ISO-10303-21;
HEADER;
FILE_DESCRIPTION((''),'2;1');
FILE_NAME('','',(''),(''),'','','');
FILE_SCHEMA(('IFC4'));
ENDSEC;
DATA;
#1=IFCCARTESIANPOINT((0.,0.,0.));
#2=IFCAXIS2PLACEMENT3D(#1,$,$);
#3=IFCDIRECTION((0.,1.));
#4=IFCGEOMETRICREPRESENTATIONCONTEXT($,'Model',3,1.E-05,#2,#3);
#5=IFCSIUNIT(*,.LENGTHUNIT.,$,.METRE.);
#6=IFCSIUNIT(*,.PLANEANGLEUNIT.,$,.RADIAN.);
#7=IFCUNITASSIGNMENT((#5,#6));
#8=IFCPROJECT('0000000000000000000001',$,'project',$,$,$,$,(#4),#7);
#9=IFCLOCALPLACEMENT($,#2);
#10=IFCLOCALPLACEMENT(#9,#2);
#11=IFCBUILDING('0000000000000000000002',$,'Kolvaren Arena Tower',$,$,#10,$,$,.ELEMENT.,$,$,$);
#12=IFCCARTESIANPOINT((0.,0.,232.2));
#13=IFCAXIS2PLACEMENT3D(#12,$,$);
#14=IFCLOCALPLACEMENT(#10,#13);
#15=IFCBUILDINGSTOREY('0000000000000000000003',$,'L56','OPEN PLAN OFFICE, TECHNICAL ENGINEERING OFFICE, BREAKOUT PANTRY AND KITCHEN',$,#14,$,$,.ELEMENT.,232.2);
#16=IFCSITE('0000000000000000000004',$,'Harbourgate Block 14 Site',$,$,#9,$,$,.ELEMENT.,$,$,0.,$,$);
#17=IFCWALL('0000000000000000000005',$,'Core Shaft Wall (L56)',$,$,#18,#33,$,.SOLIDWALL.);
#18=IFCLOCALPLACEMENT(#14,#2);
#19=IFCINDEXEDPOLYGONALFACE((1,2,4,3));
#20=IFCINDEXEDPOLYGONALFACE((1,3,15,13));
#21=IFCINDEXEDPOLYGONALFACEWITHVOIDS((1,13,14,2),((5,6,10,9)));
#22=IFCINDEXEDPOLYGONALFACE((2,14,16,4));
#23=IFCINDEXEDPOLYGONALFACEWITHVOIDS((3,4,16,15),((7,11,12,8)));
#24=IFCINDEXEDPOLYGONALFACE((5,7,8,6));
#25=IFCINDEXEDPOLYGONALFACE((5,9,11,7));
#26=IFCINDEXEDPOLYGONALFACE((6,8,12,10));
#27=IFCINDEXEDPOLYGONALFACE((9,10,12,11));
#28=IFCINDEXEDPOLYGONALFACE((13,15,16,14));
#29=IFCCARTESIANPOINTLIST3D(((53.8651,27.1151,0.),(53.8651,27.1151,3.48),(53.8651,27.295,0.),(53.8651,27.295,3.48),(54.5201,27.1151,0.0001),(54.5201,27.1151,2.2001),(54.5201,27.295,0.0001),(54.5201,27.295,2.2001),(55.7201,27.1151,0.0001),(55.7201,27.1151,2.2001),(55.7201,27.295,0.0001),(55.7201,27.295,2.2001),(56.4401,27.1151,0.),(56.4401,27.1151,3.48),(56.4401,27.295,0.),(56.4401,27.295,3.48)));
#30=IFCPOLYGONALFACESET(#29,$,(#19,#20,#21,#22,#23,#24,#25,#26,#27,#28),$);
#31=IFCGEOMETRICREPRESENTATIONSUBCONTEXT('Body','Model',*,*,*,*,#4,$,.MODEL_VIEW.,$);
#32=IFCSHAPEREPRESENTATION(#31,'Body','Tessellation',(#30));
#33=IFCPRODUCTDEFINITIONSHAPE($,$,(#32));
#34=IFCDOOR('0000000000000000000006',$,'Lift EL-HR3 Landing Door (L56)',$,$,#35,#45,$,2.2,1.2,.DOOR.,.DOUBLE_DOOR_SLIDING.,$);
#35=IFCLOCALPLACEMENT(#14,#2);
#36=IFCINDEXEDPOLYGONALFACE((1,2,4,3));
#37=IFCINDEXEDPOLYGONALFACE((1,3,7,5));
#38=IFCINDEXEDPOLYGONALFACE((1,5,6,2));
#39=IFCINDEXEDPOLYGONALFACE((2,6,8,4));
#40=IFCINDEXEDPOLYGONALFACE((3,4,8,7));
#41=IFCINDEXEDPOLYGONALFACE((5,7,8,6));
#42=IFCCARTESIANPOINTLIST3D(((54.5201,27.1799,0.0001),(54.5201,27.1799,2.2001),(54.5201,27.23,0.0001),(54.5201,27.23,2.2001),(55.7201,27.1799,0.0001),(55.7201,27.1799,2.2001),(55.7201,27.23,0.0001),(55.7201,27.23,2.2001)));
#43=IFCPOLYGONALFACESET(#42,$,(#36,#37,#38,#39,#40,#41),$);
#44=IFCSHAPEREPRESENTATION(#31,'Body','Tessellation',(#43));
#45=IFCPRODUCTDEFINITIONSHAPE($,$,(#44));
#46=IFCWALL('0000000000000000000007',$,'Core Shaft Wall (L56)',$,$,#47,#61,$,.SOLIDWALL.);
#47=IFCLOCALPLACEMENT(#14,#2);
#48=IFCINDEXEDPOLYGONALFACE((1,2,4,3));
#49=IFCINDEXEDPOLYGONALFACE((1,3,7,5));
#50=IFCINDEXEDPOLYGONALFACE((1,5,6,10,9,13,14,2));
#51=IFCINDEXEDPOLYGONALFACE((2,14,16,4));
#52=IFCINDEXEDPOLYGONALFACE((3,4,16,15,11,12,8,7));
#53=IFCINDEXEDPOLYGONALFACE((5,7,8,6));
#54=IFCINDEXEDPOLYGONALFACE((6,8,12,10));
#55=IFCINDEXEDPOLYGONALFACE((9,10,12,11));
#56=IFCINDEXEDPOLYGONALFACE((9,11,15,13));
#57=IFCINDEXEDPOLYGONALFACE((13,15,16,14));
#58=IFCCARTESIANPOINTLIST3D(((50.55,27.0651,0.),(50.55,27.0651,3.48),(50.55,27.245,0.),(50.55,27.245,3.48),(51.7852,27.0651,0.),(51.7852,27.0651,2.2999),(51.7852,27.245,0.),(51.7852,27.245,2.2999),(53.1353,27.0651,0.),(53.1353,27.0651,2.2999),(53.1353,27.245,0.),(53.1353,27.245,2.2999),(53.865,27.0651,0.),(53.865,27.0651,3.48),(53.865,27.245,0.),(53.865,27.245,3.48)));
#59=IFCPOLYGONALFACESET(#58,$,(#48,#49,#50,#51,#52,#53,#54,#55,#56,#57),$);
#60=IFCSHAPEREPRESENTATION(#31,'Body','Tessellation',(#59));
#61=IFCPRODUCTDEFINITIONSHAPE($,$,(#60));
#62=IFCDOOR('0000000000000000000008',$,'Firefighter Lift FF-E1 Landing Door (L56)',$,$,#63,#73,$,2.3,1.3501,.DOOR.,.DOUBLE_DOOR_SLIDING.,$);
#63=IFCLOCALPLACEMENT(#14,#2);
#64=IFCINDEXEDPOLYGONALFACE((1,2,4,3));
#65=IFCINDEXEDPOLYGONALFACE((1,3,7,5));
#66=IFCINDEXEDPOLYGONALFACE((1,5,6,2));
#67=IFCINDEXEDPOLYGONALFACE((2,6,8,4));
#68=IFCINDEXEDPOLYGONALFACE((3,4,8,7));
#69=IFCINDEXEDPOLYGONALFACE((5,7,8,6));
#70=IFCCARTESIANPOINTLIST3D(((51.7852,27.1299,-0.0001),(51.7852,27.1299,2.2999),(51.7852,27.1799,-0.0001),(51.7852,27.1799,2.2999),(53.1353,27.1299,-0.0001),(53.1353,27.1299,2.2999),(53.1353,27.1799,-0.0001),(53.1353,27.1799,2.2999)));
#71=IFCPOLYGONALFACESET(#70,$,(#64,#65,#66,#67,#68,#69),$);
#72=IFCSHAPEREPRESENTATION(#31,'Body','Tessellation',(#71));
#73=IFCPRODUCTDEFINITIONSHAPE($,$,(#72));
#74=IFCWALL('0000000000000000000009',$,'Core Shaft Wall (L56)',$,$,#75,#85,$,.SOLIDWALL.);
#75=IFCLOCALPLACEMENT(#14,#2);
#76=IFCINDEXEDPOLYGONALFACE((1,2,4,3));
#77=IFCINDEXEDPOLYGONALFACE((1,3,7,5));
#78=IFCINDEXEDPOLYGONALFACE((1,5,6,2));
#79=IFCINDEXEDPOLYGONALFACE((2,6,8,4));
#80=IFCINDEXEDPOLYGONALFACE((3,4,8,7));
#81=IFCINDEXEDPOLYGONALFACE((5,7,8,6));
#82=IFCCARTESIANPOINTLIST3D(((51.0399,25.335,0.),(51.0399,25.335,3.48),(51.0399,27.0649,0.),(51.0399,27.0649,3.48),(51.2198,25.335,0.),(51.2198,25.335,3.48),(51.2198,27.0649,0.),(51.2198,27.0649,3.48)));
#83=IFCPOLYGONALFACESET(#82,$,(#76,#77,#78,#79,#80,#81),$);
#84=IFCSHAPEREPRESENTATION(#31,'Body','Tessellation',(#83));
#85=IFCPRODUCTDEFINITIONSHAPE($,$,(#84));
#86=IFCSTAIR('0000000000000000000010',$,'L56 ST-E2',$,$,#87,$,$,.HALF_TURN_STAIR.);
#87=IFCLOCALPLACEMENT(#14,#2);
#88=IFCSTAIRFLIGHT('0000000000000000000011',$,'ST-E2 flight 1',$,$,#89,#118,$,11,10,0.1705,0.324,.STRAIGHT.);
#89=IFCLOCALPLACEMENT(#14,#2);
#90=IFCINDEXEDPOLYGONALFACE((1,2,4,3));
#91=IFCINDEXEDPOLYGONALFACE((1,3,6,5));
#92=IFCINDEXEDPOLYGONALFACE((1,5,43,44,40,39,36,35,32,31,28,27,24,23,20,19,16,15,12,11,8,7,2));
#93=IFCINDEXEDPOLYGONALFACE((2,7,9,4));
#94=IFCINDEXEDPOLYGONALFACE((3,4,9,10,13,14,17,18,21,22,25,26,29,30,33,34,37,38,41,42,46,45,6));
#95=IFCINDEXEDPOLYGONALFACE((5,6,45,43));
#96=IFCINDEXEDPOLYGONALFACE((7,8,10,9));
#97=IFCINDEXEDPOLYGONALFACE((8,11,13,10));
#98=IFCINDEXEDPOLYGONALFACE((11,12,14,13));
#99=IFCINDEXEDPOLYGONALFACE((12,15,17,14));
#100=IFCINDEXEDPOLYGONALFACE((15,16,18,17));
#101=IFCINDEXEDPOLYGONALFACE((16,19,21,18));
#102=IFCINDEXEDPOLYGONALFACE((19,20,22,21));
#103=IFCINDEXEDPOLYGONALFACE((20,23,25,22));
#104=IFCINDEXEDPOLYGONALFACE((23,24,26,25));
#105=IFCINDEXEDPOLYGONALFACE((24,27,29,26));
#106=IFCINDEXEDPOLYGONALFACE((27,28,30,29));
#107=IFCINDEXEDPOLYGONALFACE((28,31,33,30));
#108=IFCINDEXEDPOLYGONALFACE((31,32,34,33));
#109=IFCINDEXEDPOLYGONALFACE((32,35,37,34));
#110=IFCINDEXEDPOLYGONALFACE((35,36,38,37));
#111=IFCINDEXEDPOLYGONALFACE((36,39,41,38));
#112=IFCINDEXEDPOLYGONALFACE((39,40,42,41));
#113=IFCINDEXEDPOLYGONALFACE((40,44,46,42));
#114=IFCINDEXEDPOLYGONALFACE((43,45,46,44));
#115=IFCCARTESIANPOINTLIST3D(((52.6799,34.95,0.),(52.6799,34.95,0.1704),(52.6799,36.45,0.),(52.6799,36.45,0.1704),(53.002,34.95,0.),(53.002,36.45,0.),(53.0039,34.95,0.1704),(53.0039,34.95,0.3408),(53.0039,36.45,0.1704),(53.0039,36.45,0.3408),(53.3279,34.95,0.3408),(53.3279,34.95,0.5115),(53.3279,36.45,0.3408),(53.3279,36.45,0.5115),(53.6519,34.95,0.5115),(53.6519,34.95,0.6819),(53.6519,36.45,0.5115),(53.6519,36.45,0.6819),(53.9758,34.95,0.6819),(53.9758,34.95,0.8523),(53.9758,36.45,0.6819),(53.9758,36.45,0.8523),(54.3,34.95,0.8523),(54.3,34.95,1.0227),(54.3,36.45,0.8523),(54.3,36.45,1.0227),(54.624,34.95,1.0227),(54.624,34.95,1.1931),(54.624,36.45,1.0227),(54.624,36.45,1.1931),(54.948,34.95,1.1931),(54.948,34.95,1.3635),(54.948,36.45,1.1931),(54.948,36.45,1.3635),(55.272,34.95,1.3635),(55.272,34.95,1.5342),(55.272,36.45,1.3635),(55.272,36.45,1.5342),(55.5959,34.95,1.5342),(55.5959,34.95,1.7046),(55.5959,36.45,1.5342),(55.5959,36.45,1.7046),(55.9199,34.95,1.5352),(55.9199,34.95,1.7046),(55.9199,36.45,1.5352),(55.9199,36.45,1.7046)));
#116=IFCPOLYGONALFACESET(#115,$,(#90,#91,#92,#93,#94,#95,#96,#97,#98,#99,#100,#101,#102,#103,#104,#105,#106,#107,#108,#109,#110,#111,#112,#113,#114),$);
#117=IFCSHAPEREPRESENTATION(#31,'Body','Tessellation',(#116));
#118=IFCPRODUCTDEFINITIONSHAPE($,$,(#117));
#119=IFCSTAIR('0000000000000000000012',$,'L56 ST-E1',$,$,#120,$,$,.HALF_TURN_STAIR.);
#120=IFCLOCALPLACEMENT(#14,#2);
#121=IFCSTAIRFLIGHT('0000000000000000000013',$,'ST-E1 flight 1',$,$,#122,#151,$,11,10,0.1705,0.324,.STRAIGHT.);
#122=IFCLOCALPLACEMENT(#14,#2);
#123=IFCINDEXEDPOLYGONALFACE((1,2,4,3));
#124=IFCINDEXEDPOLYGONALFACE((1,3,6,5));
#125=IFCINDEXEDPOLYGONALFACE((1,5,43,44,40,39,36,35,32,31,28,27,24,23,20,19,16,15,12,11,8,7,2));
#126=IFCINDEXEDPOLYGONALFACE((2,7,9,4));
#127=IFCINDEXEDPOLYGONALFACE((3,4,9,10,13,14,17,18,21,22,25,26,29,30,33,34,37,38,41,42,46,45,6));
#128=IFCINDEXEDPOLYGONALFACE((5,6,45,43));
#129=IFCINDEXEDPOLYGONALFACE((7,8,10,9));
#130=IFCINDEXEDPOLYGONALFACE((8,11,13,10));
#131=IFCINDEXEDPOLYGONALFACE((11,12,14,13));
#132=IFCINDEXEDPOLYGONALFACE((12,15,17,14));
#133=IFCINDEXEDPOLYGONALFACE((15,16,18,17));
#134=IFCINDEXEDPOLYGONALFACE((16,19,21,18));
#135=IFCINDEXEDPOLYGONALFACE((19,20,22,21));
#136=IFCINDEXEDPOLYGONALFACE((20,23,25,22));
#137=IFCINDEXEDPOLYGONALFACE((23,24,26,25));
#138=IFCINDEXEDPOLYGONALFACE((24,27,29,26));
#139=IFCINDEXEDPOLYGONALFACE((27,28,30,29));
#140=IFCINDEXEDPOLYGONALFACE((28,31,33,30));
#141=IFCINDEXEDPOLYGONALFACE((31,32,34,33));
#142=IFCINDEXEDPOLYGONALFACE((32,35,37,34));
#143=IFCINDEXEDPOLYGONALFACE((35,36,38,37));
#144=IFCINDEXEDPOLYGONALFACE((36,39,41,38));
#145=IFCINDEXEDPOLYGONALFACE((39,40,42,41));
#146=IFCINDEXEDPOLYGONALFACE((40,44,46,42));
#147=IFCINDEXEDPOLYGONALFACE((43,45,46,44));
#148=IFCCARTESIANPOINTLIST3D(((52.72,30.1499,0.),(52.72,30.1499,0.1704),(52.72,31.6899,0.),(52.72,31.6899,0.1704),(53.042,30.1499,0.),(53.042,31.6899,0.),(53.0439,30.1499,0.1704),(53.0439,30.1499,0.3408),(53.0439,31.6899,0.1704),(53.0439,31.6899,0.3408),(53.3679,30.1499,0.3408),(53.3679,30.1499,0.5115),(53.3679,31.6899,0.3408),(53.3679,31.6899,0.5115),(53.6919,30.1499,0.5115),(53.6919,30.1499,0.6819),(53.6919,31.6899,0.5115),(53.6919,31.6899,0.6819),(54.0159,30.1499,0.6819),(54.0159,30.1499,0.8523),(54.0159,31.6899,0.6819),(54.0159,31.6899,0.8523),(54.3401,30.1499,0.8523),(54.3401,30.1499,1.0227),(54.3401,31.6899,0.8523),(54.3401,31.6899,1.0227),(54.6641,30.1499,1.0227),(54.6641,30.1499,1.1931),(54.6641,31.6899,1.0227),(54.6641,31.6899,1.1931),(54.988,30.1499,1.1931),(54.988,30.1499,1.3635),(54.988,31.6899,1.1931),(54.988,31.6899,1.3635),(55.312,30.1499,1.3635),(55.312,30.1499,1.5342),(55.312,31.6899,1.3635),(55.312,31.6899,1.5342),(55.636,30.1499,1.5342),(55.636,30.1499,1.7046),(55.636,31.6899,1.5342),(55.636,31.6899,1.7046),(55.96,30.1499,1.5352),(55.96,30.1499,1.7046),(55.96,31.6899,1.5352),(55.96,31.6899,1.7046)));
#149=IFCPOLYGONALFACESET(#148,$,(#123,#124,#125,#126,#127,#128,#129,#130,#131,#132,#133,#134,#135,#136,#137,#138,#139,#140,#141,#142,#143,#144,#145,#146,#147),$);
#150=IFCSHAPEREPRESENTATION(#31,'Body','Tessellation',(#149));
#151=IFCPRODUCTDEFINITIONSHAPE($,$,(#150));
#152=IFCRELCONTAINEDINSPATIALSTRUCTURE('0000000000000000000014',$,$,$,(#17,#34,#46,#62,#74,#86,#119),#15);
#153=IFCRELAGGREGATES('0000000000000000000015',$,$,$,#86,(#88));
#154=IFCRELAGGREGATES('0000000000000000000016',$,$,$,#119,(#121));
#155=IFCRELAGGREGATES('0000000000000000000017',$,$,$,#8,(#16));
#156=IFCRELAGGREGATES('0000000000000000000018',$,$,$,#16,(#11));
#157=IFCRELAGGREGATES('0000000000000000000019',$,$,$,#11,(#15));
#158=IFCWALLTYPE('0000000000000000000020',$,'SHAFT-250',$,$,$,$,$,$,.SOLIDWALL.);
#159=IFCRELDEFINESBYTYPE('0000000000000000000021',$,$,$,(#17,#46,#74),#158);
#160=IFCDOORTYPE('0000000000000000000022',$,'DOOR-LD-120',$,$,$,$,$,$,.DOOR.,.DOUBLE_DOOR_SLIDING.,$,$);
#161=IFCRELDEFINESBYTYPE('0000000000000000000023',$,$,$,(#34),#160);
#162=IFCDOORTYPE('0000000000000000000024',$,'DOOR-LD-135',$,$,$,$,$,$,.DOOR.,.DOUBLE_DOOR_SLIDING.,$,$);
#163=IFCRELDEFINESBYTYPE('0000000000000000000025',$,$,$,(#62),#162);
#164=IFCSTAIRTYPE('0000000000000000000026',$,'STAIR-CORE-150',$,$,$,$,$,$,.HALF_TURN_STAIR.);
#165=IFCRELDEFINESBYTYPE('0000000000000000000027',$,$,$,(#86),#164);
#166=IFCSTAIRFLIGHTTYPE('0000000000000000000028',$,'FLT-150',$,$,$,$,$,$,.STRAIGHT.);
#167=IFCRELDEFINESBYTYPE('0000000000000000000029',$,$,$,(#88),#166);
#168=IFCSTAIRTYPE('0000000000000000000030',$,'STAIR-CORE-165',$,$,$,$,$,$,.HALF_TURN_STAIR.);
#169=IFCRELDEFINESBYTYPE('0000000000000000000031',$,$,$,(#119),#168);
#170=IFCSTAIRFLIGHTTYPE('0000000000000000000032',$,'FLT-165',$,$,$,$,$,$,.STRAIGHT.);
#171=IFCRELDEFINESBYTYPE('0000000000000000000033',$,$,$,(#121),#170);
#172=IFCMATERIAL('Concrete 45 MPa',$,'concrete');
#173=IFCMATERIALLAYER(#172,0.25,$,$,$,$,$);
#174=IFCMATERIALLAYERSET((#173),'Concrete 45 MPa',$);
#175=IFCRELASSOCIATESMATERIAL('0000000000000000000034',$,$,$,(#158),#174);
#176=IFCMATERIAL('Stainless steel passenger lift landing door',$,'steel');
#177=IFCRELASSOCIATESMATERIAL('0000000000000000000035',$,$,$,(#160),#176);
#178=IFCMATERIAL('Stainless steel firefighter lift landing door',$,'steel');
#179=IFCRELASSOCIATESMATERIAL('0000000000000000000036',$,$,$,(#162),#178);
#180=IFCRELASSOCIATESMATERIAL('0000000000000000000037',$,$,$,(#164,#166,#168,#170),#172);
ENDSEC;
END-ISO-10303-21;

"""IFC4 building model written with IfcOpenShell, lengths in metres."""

from ifc_helpers import new_model, si_unit, direction, frame, frame_2d, origin, place, context, subcontext, project, spatial, polyline, rectangle, outline, extrude, material, layer, layer_set, type_object, element, fill, aggregate, save


model = new_model("IFC4")

# Units and contexts
model_context = context("Model", 3, precision=1e-05, world=origin(), true_north=direction((0.0, 1.0)))
body_context = subcontext(model_context, "Body", "Model", "MODEL_VIEW")
ifc_project = project(units=[si_unit("LENGTHUNIT", "METRE"), si_unit("PLANEANGLEUNIT", "RADIAN")], contexts=[model_context])

# Site, building, storey
site_placement = place(None, origin())
site = spatial("IfcSite", under=ifc_project, at=site_placement, Name="Harbourgate Block 14 Site", CompositionType="ELEMENT", RefElevation=0.0)
building_placement = place(site_placement, origin())
building = spatial("IfcBuilding", under=site, at=building_placement, Name="Kolvaren Arena Tower", CompositionType="ELEMENT")
storey_placement = place(building_placement, frame((0.0, 0.0, 232.2)))
storey = spatial("IfcBuildingStorey", under=building, at=storey_placement, Name="L56", Description="OPEN PLAN OFFICE, TECHNICAL ENGINEERING OFFICE, BREAKOUT PANTRY AND KITCHEN", CompositionType="ELEMENT", Elevation=232.2)

# Shared definitions
ifc_material_1 = material(Name="Concrete 45 MPa", Category="concrete")
ifc_layer = layer(ifc_material_1, 0.25)
ifc_layer_set = layer_set([ifc_layer], Name="Concrete 45 MPa")
wall_type = type_object("IfcWallType", Name="SHAFT-250", PredefinedType="SOLIDWALL", material=ifc_layer_set)

# Walls, openings, doors
wall_1_placement = place(storey_placement, frame((53.865, 27.2051, 0.0), z_axis=(0.0, 0.0, 1.0), x_axis=(1.0, 0.0, 0.0)))
wall_1 = element("IfcWall", 1, at=wall_1_placement, inside=storey, type_object=wall_type, Name="Core Shaft Wall (L56)", PredefinedType="SOLIDWALL", context=body_context, shape_type="SweptSolid", body=[
    extrude(rectangle(XDim=2.575, YDim=0.1799, at=frame_2d((1.2876, 0.0))), origin(), (0.0, 0.0, 1.0), 3.48),
])
opening_1_placement = place(wall_1_placement, frame((0.655, 0.0, 0.0)))
opening_1 = element("IfcOpeningElement", 2, at=opening_1_placement, cuts=wall_1, PredefinedType="OPENING", context=body_context, shape_type="SweptSolid", body=[
    extrude(rectangle(XDim=1.2, YDim=2.2, at=frame_2d((0.6001, 1.1001))), frame((0.0, 0.0999, 0.0), z_axis=(0.0, -1.0, 0.0), x_axis=(1.0, 0.0, 0.0)), (0.0, 0.0, 1.0), 0.2),
])
ifc_material_2 = material(Name="Stainless steel passenger lift landing door", Category="steel")
door_type_1 = type_object("IfcDoorType", Name="DOOR-LD-120", OperationType="DOUBLE_DOOR_SLIDING", PredefinedType="DOOR", material=ifc_material_2)
door_1_placement = place(opening_1_placement, origin())
door_1 = element("IfcDoor", 3, at=door_1_placement, inside=storey, type_object=door_type_1, Name="Lift EL-HR3 Landing Door (L56)", OperationType="DOUBLE_DOOR_SLIDING", OverallHeight=2.2, OverallWidth=1.2, PredefinedType="DOOR", context=body_context, shape_type="SweptSolid", body=[
    extrude(rectangle(XDim=1.2, YDim=2.2, at=frame_2d((0.6001, 1.1001))), frame((0.0, 0.0249, 0.0), z_axis=(0.0, -1.0, 0.0), x_axis=(1.0, 0.0, 0.0)), (0.0, 0.0, 1.0), 0.05),
])
fill(opening_1, door_1)
wall_2_placement = place(storey_placement, frame((50.55, 27.155, 0.0), z_axis=(0.0, 0.0, 1.0), x_axis=(1.0, 0.0, 0.0)))
wall_2 = element("IfcWall", 4, at=wall_2_placement, inside=storey, type_object=wall_type, Name="Core Shaft Wall (L56)", PredefinedType="SOLIDWALL", context=body_context, shape_type="SweptSolid", body=[
    extrude(rectangle(XDim=3.3149, YDim=0.1799, at=frame_2d((1.6575, 0.0))), origin(), (0.0, 0.0, 1.0), 3.48),
])
opening_2_placement = place(wall_2_placement, frame((1.2351, 0.0, 0.0)))
opening_2 = element("IfcOpeningElement", 5, at=opening_2_placement, cuts=wall_2, PredefinedType="OPENING", context=body_context, shape_type="SweptSolid", body=[
    extrude(rectangle(XDim=1.3501, YDim=2.3, at=frame_2d((0.675, 1.1499))), frame((0.0, 0.0999, 0.0), z_axis=(0.0, -1.0, 0.0), x_axis=(1.0, 0.0, 0.0)), (0.0, 0.0, 1.0), 0.2),
])
ifc_material_3 = material(Name="Stainless steel firefighter lift landing door", Category="steel")
door_type_2 = type_object("IfcDoorType", Name="DOOR-LD-135", OperationType="DOUBLE_DOOR_SLIDING", PredefinedType="DOOR", material=ifc_material_3)
door_2_placement = place(opening_2_placement, origin())
door_2 = element("IfcDoor", 6, at=door_2_placement, inside=storey, type_object=door_type_2, Name="Firefighter Lift FF-E1 Landing Door (L56)", OperationType="DOUBLE_DOOR_SLIDING", OverallHeight=2.3, OverallWidth=1.3501, PredefinedType="DOOR", context=body_context, shape_type="SweptSolid", body=[
    extrude(rectangle(XDim=1.3501, YDim=2.3, at=frame_2d((0.675, 1.1499))), frame((0.0, 0.0249, 0.0), z_axis=(0.0, -1.0, 0.0), x_axis=(1.0, 0.0, 0.0)), (0.0, 0.0, 1.0), 0.05),
])
fill(opening_2, door_2)

# Wall
wall_3_placement = place(storey_placement, frame((51.1299, 25.335, 0.0), z_axis=(0.0, 0.0, 1.0), x_axis=(0.0, 1.0, 0.0)))
element("IfcWall", 7, at=wall_3_placement, inside=storey, type_object=wall_type, Name="Core Shaft Wall (L56)", PredefinedType="SOLIDWALL", context=body_context, shape_type="SweptSolid", body=[
    extrude(rectangle(XDim=1.73, YDim=0.1799, at=frame_2d((0.865, 0.0))), origin(), (0.0, 0.0, 1.0), 3.48),
])

# Stairs, stair flights
stair_type_1 = type_object("IfcStairType", Name="STAIR-CORE-150", PredefinedType="HALF_TURN_STAIR", material=ifc_material_1)
stair_1_placement = place(storey_placement, origin())
stair_1 = element("IfcStair", 8, at=stair_1_placement, inside=storey, type_object=stair_type_1, Name="L56 ST-E2", PredefinedType="HALF_TURN_STAIR")
stair_flight_type_1 = type_object("IfcStairFlightType", Name="FLT-150", PredefinedType="STRAIGHT", material=ifc_material_1)
stair_flight_1_placement = place(storey_placement, frame((52.6799, 35.7, 0.0), z_axis=(0.0, 0.0, 1.0), x_axis=(1.0, 0.0, 0.0)))
stair_flight_1 = element("IfcStairFlight", 9, at=stair_flight_1_placement, type_object=stair_flight_type_1, Name="ST-E2 flight 1", NumberOfRisers=11, NumberOfTreads=10, PredefinedType="STRAIGHT", RiserHeight=0.1705, TreadLength=0.324, context=body_context, shape_type="SweptSolid", body=[
    extrude(outline(polyline([(0.0, 0.0), (0.0, 0.1704), (0.324, 0.1704), (0.324, 0.3408), (0.6479, 0.3408), (0.6479, 0.5115), (0.9719, 0.5115), (0.9719, 0.6819), (1.2959, 0.6819), (1.2959, 0.8523), (1.6201, 0.8523), (1.6201, 1.0227), (1.9441, 1.0227), (1.9441, 1.1931), (2.2681, 1.1931), (2.2681, 1.3635), (2.592, 1.3635), (2.592, 1.5342), (2.916, 1.5342), (2.916, 1.7046), (3.24, 1.7046), (3.24, 1.875), (3.24, 1.5352), (0.322, 0.0), (0.0, 0.0)])), frame((0.0, 0.75, 0.0), z_axis=(0.0, -1.0, 0.0), x_axis=(1.0, 0.0, 0.0)), (0.0, 0.0, 1.0), 1.5),
])
aggregate(stair_1, [stair_flight_1])
stair_type_2 = type_object("IfcStairType", Name="STAIR-CORE-165", PredefinedType="HALF_TURN_STAIR", material=ifc_material_1)
stair_2_placement = place(storey_placement, origin())
stair_2 = element("IfcStair", 10, at=stair_2_placement, inside=storey, type_object=stair_type_2, Name="L56 ST-E1", PredefinedType="HALF_TURN_STAIR")
stair_flight_type_2 = type_object("IfcStairFlightType", Name="FLT-165", PredefinedType="STRAIGHT", material=ifc_material_1)
stair_flight_2_placement = place(storey_placement, frame((52.72, 30.9199, 0.0), z_axis=(0.0, 0.0, 1.0), x_axis=(1.0, 0.0, 0.0)))
stair_flight_2 = element("IfcStairFlight", 11, at=stair_flight_2_placement, type_object=stair_flight_type_2, Name="ST-E1 flight 1", NumberOfRisers=11, NumberOfTreads=10, PredefinedType="STRAIGHT", RiserHeight=0.1705, TreadLength=0.324, context=body_context, shape_type="SweptSolid", body=[
    extrude(outline(polyline([(0.0, 0.0), (0.0, 0.1704), (0.324, 0.1704), (0.324, 0.3408), (0.6479, 0.3408), (0.6479, 0.5115), (0.9719, 0.5115), (0.9719, 0.6819), (1.2959, 0.6819), (1.2959, 0.8523), (1.6201, 0.8523), (1.6201, 1.0227), (1.9441, 1.0227), (1.9441, 1.1931), (2.2681, 1.1931), (2.2681, 1.3635), (2.592, 1.3635), (2.592, 1.5342), (2.916, 1.5342), (2.916, 1.7046), (3.24, 1.7046), (3.24, 1.875), (3.24, 1.5352), (0.322, 0.0), (0.0, 0.0)])), frame((0.0, 0.77, 0.0), z_axis=(0.0, -1.0, 0.0), x_axis=(1.0, 0.0, 0.0)), (0.0, 0.0, 1.0), 1.54),
])
aggregate(stair_2, [stair_flight_2])

save(model, "model.ifc")
